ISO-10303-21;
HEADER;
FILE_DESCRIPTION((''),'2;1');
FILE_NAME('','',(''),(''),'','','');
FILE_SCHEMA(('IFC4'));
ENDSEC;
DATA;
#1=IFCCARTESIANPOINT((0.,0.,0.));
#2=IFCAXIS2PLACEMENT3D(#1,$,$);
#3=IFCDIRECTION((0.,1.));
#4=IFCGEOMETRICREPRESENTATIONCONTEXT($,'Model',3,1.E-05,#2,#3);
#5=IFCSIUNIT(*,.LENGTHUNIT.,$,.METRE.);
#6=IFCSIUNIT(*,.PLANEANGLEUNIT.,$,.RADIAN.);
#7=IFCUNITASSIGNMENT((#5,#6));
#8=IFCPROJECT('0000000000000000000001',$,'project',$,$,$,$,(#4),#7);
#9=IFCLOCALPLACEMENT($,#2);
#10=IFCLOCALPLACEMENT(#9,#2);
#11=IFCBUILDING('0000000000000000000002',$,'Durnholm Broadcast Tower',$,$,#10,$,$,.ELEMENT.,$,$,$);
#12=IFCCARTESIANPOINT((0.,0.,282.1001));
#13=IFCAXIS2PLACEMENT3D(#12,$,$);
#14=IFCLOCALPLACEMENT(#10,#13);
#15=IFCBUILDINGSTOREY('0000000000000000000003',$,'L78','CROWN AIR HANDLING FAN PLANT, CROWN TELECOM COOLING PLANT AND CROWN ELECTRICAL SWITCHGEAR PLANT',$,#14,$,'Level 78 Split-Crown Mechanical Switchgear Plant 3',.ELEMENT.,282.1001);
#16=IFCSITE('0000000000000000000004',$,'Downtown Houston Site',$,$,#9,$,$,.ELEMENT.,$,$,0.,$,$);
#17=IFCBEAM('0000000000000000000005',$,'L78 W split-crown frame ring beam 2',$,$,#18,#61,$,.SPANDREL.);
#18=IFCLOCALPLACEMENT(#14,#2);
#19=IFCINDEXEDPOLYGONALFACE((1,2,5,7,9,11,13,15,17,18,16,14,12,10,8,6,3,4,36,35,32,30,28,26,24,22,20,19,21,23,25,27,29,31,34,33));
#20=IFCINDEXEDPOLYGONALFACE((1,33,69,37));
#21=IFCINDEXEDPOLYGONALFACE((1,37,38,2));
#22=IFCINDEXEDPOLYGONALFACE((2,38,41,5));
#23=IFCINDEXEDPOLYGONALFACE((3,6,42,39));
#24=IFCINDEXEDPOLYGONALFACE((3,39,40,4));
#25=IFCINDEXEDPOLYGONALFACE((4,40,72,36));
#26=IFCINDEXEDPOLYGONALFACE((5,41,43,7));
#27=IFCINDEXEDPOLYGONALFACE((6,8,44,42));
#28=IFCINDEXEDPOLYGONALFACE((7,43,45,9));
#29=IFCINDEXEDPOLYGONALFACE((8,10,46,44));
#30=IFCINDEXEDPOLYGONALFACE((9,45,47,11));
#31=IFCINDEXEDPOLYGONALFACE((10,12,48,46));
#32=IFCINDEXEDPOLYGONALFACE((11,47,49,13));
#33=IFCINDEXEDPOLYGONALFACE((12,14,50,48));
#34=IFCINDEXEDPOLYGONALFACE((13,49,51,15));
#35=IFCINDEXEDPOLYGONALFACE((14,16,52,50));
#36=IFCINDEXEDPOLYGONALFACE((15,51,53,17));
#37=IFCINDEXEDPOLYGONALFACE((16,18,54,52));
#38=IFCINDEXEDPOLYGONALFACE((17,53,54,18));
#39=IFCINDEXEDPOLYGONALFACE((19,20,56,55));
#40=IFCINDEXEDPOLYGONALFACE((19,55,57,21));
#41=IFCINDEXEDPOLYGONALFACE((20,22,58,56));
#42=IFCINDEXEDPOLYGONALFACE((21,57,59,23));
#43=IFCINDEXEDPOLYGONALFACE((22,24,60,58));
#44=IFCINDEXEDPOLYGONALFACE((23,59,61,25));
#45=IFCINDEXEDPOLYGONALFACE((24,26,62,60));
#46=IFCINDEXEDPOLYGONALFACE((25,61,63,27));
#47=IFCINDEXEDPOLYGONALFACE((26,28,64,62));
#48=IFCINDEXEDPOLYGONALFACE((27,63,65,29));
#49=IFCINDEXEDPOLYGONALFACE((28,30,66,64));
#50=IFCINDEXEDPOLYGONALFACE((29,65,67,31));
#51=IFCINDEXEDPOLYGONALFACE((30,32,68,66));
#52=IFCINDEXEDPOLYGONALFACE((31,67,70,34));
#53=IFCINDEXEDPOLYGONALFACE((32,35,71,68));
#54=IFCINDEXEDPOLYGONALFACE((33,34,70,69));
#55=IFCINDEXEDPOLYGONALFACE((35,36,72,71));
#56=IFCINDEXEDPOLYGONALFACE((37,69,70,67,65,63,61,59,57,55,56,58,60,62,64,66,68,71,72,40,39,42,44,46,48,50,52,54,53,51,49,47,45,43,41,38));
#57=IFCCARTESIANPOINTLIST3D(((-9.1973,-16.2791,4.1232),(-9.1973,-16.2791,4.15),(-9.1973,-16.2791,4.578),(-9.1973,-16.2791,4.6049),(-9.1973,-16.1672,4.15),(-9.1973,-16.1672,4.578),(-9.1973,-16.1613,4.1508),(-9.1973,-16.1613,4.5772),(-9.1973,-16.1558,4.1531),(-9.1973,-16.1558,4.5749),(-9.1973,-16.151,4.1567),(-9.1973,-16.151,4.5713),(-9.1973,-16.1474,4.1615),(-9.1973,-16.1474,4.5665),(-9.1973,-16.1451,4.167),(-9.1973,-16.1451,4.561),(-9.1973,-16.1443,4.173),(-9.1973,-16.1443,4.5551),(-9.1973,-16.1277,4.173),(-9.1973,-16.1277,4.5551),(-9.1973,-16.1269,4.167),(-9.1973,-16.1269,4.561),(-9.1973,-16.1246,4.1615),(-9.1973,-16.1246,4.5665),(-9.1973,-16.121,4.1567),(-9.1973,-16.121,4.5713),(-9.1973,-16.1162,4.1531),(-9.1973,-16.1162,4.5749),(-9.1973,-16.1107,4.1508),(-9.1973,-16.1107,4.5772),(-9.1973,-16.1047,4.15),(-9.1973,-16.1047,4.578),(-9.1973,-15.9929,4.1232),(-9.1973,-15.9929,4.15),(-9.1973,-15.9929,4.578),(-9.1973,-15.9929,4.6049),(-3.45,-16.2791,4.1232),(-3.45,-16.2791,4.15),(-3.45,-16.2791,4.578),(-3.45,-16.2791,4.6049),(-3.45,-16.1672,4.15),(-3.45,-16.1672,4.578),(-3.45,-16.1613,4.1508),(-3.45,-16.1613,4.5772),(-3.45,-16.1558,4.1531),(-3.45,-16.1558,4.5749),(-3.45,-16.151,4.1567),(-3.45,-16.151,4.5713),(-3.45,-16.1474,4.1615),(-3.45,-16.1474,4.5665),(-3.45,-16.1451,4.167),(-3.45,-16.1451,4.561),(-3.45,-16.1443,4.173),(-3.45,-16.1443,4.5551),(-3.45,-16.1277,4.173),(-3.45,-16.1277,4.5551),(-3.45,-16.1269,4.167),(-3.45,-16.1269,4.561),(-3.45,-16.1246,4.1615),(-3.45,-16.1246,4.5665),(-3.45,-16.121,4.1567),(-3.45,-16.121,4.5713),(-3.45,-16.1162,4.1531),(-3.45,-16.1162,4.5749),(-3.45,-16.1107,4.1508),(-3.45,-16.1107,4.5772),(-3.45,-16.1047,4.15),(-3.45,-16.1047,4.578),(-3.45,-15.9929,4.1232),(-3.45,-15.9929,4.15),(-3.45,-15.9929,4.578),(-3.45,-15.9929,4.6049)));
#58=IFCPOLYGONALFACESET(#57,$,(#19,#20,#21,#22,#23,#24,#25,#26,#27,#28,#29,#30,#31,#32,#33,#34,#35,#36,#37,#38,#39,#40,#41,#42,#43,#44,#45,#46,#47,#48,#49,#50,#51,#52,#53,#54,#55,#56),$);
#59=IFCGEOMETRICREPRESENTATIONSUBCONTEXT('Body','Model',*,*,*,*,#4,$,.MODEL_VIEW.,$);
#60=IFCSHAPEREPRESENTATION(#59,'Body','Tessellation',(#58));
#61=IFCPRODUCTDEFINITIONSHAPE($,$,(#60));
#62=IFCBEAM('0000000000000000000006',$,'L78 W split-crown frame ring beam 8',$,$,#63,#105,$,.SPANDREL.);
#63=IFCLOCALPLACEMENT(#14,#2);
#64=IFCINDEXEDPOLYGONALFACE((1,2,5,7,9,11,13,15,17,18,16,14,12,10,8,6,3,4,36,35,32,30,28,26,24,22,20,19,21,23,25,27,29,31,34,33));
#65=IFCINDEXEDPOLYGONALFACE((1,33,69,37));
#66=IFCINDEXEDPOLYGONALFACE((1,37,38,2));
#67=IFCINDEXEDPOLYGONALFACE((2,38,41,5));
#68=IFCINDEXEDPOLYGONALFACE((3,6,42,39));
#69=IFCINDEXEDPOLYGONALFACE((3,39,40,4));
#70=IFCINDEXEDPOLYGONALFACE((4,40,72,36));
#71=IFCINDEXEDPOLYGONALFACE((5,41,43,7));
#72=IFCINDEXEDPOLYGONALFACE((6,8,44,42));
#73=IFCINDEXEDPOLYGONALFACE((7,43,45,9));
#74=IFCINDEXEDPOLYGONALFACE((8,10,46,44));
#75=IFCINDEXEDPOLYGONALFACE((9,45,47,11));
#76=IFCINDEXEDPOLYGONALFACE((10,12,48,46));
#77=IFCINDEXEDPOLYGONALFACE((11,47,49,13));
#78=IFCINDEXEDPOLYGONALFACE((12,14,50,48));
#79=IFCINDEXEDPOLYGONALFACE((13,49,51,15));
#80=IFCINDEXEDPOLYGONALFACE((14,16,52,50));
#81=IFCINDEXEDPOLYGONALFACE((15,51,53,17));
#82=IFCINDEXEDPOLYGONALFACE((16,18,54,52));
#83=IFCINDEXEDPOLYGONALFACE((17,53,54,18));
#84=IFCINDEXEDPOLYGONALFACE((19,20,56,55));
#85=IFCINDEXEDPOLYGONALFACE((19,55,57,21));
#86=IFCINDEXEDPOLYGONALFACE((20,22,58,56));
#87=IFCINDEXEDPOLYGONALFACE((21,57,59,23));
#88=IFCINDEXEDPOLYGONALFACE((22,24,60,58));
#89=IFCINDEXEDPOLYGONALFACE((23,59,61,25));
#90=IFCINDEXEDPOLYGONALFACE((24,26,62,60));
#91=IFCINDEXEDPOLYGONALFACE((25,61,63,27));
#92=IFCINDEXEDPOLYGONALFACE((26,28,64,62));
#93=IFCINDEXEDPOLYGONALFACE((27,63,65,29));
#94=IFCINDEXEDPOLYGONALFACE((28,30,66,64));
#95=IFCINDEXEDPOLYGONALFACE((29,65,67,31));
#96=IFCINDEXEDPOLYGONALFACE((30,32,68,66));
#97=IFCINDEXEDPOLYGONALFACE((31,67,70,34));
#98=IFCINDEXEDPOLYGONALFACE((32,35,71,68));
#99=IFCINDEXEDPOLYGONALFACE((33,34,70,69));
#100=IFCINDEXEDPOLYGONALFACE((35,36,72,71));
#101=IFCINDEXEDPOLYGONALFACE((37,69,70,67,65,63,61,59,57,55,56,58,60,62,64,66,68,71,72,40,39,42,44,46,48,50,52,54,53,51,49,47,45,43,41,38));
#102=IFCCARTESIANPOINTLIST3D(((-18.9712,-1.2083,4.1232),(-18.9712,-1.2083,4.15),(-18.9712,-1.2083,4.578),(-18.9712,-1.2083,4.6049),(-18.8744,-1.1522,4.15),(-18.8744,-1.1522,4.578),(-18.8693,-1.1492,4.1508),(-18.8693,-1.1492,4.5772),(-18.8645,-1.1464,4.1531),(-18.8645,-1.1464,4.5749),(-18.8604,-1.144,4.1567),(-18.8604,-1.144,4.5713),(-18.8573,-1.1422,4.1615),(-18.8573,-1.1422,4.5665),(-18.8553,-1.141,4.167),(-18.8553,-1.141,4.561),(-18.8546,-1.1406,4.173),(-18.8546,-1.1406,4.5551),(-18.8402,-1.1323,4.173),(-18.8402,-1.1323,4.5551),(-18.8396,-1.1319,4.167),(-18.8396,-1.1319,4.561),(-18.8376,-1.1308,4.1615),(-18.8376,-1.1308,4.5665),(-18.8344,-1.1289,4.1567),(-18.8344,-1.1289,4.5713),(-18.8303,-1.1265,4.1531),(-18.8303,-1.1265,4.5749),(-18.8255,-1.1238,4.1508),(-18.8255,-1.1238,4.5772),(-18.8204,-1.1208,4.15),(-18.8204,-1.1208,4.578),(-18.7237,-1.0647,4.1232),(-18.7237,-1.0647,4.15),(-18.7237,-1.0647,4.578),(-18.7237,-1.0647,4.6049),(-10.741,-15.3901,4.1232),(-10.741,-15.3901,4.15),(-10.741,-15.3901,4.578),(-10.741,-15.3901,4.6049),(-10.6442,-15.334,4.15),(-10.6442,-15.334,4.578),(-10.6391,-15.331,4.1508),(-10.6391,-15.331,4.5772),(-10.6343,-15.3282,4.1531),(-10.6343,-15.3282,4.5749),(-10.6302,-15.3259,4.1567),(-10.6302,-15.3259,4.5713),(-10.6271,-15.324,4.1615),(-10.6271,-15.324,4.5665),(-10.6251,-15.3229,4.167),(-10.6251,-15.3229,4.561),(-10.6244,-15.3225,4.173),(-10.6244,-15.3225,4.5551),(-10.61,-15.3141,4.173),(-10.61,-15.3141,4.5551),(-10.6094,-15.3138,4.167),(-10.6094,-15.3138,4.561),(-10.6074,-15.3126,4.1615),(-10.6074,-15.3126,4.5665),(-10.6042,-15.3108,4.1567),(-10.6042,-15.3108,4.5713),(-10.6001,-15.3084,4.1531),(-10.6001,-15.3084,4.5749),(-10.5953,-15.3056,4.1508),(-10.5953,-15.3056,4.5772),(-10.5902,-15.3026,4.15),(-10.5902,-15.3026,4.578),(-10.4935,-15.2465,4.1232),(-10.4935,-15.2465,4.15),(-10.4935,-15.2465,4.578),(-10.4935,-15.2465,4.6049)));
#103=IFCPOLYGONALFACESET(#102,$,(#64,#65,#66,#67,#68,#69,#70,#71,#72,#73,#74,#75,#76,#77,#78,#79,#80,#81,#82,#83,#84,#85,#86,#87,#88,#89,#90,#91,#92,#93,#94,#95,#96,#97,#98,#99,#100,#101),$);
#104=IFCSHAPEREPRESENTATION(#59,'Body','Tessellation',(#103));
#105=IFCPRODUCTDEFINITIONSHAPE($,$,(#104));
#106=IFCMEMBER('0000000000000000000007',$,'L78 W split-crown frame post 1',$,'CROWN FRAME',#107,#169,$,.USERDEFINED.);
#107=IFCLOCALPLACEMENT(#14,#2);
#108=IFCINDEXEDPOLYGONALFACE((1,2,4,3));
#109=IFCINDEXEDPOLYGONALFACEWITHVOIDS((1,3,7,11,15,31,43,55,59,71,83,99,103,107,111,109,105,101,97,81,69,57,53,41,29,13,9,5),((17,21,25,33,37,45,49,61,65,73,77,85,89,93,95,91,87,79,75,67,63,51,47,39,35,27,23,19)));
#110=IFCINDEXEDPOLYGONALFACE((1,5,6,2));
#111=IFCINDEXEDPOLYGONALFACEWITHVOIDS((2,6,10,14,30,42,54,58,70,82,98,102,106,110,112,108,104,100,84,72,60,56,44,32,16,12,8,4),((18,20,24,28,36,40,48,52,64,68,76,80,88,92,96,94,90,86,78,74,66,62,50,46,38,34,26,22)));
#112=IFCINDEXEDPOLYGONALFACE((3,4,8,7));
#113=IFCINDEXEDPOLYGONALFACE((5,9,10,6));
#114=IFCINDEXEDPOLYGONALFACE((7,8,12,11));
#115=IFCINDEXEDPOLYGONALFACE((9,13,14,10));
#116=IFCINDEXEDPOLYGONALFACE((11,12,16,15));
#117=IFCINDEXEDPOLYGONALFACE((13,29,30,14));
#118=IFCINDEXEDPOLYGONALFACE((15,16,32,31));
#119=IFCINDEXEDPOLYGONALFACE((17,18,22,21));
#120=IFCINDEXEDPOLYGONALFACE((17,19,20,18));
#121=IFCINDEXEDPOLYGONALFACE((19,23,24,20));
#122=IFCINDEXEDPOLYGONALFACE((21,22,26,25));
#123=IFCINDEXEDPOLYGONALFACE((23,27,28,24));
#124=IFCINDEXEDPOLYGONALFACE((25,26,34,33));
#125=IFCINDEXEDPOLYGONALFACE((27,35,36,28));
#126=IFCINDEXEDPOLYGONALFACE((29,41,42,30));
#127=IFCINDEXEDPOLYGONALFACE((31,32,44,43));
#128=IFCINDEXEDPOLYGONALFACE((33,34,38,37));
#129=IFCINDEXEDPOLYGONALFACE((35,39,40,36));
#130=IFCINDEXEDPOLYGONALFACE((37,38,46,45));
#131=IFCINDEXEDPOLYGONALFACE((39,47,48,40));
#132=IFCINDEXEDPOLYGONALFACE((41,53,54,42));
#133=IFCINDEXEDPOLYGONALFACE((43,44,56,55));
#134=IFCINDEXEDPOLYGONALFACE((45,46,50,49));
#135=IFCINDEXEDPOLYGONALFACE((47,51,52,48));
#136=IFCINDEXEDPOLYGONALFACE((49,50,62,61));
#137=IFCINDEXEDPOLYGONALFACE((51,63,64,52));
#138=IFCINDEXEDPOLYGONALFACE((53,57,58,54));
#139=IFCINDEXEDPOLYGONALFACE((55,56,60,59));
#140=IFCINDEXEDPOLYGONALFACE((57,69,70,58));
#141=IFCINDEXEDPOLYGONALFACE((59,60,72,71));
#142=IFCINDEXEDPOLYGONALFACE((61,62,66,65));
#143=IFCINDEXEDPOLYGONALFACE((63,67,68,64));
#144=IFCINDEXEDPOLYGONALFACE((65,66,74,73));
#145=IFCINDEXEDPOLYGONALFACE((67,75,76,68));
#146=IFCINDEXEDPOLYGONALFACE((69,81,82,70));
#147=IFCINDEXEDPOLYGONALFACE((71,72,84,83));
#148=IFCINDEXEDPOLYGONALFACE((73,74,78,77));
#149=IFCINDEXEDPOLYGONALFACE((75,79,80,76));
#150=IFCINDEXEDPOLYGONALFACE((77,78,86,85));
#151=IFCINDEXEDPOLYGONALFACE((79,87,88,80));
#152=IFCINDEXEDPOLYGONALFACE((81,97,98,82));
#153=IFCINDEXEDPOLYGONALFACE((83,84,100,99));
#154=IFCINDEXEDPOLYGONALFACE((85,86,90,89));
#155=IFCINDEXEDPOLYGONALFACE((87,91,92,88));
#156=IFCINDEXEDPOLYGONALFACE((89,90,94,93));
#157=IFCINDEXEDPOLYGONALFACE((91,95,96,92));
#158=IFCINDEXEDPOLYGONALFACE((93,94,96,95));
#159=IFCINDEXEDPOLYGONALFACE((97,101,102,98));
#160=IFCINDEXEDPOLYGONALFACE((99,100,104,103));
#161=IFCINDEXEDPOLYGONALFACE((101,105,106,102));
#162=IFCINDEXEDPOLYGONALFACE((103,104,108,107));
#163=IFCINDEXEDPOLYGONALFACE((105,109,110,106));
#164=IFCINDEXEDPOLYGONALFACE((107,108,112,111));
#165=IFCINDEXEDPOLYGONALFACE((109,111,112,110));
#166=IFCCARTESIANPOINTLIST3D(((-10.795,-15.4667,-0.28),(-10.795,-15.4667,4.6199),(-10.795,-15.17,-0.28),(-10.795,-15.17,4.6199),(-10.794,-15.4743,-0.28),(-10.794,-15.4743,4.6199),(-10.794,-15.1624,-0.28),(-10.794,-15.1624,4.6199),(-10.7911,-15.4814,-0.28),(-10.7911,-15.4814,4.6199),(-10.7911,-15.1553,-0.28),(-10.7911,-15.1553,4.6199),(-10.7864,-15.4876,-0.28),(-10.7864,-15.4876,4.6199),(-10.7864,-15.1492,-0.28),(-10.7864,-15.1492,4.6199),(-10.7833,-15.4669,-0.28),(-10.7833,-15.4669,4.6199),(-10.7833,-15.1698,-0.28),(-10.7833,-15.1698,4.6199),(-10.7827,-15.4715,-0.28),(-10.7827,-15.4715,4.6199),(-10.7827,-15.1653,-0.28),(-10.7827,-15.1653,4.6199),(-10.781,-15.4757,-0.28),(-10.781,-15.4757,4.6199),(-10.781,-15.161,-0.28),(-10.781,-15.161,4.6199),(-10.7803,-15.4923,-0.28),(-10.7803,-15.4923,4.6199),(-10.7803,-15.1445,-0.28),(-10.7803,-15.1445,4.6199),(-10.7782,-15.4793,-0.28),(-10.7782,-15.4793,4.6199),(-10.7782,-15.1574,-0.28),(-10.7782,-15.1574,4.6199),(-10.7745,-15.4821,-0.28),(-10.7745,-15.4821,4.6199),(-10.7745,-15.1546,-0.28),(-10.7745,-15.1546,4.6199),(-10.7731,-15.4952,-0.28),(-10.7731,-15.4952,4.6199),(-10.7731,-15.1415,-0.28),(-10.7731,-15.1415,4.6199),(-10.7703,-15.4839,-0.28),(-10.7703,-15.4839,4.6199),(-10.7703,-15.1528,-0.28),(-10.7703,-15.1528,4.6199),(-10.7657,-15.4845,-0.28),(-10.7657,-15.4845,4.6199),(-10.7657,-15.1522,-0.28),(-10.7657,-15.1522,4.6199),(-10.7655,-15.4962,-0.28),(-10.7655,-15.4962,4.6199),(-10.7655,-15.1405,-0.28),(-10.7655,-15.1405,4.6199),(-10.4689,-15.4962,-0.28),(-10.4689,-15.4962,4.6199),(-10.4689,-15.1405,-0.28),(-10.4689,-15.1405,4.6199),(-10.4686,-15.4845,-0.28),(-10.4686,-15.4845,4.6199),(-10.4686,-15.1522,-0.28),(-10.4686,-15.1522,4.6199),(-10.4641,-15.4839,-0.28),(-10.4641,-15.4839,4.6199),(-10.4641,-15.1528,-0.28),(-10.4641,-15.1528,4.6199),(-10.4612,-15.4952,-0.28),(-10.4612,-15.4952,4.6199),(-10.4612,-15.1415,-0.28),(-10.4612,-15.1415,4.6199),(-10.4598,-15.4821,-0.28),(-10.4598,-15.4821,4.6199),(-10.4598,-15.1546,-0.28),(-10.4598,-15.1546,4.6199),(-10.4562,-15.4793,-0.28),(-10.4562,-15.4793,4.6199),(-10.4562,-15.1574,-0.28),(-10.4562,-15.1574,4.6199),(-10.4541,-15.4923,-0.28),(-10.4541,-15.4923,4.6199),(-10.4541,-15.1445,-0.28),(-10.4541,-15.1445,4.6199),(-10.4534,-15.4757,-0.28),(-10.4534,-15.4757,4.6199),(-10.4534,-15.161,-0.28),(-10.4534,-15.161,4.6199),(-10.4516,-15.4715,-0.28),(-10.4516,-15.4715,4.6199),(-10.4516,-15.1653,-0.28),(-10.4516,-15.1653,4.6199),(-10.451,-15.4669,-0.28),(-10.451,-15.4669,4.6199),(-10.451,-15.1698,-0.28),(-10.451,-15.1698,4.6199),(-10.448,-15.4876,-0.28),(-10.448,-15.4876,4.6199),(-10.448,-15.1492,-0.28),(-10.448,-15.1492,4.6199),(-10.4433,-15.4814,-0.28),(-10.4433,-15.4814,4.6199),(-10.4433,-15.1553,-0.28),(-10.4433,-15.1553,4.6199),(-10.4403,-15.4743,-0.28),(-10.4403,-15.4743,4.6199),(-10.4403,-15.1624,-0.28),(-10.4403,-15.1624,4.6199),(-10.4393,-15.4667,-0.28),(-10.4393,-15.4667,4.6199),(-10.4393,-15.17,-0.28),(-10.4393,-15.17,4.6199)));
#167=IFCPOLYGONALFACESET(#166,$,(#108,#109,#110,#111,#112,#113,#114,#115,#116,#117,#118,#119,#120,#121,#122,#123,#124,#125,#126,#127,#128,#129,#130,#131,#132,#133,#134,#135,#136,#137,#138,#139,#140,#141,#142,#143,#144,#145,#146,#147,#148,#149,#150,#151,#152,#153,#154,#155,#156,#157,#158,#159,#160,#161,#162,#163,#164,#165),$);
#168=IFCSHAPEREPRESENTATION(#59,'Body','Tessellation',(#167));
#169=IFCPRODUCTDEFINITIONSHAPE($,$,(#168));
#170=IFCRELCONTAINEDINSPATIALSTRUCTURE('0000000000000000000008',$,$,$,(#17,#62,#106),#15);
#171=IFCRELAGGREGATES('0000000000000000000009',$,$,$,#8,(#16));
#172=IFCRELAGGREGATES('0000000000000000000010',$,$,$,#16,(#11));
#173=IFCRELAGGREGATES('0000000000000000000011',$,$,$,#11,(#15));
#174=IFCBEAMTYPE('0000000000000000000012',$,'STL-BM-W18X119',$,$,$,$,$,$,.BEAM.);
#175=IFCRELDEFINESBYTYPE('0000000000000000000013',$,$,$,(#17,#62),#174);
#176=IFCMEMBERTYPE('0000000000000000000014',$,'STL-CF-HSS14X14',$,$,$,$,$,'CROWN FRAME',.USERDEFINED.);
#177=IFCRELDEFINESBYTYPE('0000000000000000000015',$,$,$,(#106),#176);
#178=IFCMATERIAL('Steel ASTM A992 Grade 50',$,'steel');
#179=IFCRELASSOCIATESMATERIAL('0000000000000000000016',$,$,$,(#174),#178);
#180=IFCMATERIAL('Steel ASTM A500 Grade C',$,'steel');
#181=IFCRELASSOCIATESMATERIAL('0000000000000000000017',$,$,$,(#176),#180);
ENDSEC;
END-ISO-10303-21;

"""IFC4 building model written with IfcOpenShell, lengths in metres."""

from ifc_helpers import new_model, si_unit, direction, frame, origin, origin_2d, place, context, subcontext, project, spatial, hollow_rectangle, i_section, extrude, source, transform, mapped, material, material_profile, profile_set, type_object, type_shapes, element, save


model = new_model("IFC4")

# Units and contexts
model_context = context("Model", 3, precision=1e-05, world=origin(), true_north=direction((0.0, 1.0)))
body_context = subcontext(model_context, "Body", "Model", "MODEL_VIEW")
ifc_project = project(units=[si_unit("LENGTHUNIT", "METRE"), si_unit("PLANEANGLEUNIT", "RADIAN")], contexts=[model_context])

# Site, building, storey
site_placement = place(None, origin())
site = spatial("IfcSite", under=ifc_project, at=site_placement, Name="Downtown Houston Site", CompositionType="ELEMENT", RefElevation=0.0)
building_placement = place(site_placement, origin())
building = spatial("IfcBuilding", under=site, at=building_placement, Name="Durnholm Broadcast Tower", CompositionType="ELEMENT")
storey_placement = place(building_placement, frame((0.0, 0.0, 282.1001)))
storey = spatial("IfcBuildingStorey", under=building, at=storey_placement, Name="L78", Description="CROWN AIR HANDLING FAN PLANT, CROWN TELECOM COOLING PLANT AND CROWN ELECTRICAL SWITCHGEAR PLANT", LongName="Level 78 Split-Crown Mechanical Switchgear Plant 3", CompositionType="ELEMENT", Elevation=282.1001)

# Shared definitions
ifc_material_1 = material(Name="Steel ASTM A500 Grade C", Category="steel")

# Beams
ifc_material_2 = material(Name="Steel ASTM A992 Grade 50", Category="steel")
ifc_material_profile_1 = material_profile(ifc_material_2, i_section(OverallWidth=0.2861, OverallDepth=0.4817, WebThickness=0.0166, FlangeThickness=0.0269, FilletRadius=0.0229, at=origin_2d()), Name="W18X119")
ifc_profile_set_1 = profile_set([ifc_material_profile_1], Name="Steel ASTM A992 Grade 50")
beam_type_1 = type_object("IfcBeamType", Name="STL-BM-W18X119", PredefinedType="BEAM", material=ifc_profile_set_1)
shared_shape_1 = source(origin(), body_context, "Body", "SweptSolid", [
    extrude(i_section(OverallWidth=0.2861, OverallDepth=0.4817, WebThickness=0.0166, FlangeThickness=0.0269, FilletRadius=0.0229, at=origin_2d()), origin(), (0.0, 0.0, 1.0), 5.7473),
])
beam_1_placement = place(storey_placement, frame((-9.1973, -16.136, 4.364), z_axis=(1.0, 0.0, 0.0), x_axis=(0.0, 1.0, 0.0)))
element("IfcBeam", 1, at=beam_1_placement, inside=storey, type_object=beam_type_1, Name="L78 W split-crown frame ring beam 2", PredefinedType="SPANDREL", context=body_context, shape_type="MappedRepresentation", body=[
    mapped(shared_shape_1, transform((0.0, 0.0, 0.0), x_axis=(1.0, 0.0, 0.0), y_axis=(0.0, 1.0, 0.0), z_axis=(0.0, 0.0, 1.0), scale=1.0)),
])
shared_shape_2 = source(origin(), body_context, "Body", "SweptSolid", [
    extrude(i_section(OverallWidth=0.2861, OverallDepth=0.4817, WebThickness=0.0166, FlangeThickness=0.0269, FilletRadius=0.0229, at=origin_2d()), origin(), (0.0, 0.0, 1.0), 16.397),
])
beam_2_placement = place(storey_placement, frame((-18.8474, -1.1365, 4.364), z_axis=(0.501934, -0.864906, 0.0), x_axis=(0.864906, 0.501934, 0.0)))
element("IfcBeam", 2, at=beam_2_placement, inside=storey, type_object=beam_type_1, Name="L78 W split-crown frame ring beam 8", PredefinedType="SPANDREL", context=body_context, shape_type="MappedRepresentation", body=[
    mapped(shared_shape_2, transform((0.0, 0.0, 0.0), x_axis=(1.0, 0.0, 0.0), y_axis=(0.0, 1.0, 0.0), z_axis=(0.0, 0.0, 1.0), scale=1.0)),
])

# Member
ifc_material_profile_2 = material_profile(ifc_material_1, hollow_rectangle(XDim=0.3557, YDim=0.3557, WallThickness=0.0117, InnerFilletRadius=0.0176, OuterFilletRadius=0.0295, at=origin_2d()), Name="HSS14X14X1/2")
ifc_profile_set_2 = profile_set([ifc_material_profile_2], Name="Steel ASTM A500 Grade C")
member_type_1 = type_object("IfcMemberType", Name="STL-CF-HSS14X14", ElementType="CROWN FRAME", PredefinedType="USERDEFINED", material=ifc_profile_set_2)
shared_shape_3 = source(origin(), body_context, "Body", "SweptSolid", [
    extrude(hollow_rectangle(XDim=0.3557, YDim=0.3557, WallThickness=0.0117, InnerFilletRadius=0.0176, OuterFilletRadius=0.0295, at=origin_2d()), origin(), (0.0, 0.0, 1.0), 4.8999),
])
type_shapes(member_type_1, [shared_shape_3])
member_placement = place(storey_placement, frame((-10.6172, -15.3184, -0.28), z_axis=(0.0, 0.0, 1.0), x_axis=(1.0, 0.0, 0.0)))
element("IfcMember", 3, at=member_placement, inside=storey, type_object=member_type_1, Name="L78 W split-crown frame post 1", ObjectType="CROWN FRAME", PredefinedType="USERDEFINED", context=body_context, shape_type="MappedRepresentation", body=[
    mapped(shared_shape_3, transform((0.0, 0.0, 0.0), x_axis=(1.0, 0.0, 0.0), y_axis=(0.0, 1.0, 0.0), z_axis=(0.0, 0.0, 1.0), scale=1.0)),
])

save(model, "model.ifc")
